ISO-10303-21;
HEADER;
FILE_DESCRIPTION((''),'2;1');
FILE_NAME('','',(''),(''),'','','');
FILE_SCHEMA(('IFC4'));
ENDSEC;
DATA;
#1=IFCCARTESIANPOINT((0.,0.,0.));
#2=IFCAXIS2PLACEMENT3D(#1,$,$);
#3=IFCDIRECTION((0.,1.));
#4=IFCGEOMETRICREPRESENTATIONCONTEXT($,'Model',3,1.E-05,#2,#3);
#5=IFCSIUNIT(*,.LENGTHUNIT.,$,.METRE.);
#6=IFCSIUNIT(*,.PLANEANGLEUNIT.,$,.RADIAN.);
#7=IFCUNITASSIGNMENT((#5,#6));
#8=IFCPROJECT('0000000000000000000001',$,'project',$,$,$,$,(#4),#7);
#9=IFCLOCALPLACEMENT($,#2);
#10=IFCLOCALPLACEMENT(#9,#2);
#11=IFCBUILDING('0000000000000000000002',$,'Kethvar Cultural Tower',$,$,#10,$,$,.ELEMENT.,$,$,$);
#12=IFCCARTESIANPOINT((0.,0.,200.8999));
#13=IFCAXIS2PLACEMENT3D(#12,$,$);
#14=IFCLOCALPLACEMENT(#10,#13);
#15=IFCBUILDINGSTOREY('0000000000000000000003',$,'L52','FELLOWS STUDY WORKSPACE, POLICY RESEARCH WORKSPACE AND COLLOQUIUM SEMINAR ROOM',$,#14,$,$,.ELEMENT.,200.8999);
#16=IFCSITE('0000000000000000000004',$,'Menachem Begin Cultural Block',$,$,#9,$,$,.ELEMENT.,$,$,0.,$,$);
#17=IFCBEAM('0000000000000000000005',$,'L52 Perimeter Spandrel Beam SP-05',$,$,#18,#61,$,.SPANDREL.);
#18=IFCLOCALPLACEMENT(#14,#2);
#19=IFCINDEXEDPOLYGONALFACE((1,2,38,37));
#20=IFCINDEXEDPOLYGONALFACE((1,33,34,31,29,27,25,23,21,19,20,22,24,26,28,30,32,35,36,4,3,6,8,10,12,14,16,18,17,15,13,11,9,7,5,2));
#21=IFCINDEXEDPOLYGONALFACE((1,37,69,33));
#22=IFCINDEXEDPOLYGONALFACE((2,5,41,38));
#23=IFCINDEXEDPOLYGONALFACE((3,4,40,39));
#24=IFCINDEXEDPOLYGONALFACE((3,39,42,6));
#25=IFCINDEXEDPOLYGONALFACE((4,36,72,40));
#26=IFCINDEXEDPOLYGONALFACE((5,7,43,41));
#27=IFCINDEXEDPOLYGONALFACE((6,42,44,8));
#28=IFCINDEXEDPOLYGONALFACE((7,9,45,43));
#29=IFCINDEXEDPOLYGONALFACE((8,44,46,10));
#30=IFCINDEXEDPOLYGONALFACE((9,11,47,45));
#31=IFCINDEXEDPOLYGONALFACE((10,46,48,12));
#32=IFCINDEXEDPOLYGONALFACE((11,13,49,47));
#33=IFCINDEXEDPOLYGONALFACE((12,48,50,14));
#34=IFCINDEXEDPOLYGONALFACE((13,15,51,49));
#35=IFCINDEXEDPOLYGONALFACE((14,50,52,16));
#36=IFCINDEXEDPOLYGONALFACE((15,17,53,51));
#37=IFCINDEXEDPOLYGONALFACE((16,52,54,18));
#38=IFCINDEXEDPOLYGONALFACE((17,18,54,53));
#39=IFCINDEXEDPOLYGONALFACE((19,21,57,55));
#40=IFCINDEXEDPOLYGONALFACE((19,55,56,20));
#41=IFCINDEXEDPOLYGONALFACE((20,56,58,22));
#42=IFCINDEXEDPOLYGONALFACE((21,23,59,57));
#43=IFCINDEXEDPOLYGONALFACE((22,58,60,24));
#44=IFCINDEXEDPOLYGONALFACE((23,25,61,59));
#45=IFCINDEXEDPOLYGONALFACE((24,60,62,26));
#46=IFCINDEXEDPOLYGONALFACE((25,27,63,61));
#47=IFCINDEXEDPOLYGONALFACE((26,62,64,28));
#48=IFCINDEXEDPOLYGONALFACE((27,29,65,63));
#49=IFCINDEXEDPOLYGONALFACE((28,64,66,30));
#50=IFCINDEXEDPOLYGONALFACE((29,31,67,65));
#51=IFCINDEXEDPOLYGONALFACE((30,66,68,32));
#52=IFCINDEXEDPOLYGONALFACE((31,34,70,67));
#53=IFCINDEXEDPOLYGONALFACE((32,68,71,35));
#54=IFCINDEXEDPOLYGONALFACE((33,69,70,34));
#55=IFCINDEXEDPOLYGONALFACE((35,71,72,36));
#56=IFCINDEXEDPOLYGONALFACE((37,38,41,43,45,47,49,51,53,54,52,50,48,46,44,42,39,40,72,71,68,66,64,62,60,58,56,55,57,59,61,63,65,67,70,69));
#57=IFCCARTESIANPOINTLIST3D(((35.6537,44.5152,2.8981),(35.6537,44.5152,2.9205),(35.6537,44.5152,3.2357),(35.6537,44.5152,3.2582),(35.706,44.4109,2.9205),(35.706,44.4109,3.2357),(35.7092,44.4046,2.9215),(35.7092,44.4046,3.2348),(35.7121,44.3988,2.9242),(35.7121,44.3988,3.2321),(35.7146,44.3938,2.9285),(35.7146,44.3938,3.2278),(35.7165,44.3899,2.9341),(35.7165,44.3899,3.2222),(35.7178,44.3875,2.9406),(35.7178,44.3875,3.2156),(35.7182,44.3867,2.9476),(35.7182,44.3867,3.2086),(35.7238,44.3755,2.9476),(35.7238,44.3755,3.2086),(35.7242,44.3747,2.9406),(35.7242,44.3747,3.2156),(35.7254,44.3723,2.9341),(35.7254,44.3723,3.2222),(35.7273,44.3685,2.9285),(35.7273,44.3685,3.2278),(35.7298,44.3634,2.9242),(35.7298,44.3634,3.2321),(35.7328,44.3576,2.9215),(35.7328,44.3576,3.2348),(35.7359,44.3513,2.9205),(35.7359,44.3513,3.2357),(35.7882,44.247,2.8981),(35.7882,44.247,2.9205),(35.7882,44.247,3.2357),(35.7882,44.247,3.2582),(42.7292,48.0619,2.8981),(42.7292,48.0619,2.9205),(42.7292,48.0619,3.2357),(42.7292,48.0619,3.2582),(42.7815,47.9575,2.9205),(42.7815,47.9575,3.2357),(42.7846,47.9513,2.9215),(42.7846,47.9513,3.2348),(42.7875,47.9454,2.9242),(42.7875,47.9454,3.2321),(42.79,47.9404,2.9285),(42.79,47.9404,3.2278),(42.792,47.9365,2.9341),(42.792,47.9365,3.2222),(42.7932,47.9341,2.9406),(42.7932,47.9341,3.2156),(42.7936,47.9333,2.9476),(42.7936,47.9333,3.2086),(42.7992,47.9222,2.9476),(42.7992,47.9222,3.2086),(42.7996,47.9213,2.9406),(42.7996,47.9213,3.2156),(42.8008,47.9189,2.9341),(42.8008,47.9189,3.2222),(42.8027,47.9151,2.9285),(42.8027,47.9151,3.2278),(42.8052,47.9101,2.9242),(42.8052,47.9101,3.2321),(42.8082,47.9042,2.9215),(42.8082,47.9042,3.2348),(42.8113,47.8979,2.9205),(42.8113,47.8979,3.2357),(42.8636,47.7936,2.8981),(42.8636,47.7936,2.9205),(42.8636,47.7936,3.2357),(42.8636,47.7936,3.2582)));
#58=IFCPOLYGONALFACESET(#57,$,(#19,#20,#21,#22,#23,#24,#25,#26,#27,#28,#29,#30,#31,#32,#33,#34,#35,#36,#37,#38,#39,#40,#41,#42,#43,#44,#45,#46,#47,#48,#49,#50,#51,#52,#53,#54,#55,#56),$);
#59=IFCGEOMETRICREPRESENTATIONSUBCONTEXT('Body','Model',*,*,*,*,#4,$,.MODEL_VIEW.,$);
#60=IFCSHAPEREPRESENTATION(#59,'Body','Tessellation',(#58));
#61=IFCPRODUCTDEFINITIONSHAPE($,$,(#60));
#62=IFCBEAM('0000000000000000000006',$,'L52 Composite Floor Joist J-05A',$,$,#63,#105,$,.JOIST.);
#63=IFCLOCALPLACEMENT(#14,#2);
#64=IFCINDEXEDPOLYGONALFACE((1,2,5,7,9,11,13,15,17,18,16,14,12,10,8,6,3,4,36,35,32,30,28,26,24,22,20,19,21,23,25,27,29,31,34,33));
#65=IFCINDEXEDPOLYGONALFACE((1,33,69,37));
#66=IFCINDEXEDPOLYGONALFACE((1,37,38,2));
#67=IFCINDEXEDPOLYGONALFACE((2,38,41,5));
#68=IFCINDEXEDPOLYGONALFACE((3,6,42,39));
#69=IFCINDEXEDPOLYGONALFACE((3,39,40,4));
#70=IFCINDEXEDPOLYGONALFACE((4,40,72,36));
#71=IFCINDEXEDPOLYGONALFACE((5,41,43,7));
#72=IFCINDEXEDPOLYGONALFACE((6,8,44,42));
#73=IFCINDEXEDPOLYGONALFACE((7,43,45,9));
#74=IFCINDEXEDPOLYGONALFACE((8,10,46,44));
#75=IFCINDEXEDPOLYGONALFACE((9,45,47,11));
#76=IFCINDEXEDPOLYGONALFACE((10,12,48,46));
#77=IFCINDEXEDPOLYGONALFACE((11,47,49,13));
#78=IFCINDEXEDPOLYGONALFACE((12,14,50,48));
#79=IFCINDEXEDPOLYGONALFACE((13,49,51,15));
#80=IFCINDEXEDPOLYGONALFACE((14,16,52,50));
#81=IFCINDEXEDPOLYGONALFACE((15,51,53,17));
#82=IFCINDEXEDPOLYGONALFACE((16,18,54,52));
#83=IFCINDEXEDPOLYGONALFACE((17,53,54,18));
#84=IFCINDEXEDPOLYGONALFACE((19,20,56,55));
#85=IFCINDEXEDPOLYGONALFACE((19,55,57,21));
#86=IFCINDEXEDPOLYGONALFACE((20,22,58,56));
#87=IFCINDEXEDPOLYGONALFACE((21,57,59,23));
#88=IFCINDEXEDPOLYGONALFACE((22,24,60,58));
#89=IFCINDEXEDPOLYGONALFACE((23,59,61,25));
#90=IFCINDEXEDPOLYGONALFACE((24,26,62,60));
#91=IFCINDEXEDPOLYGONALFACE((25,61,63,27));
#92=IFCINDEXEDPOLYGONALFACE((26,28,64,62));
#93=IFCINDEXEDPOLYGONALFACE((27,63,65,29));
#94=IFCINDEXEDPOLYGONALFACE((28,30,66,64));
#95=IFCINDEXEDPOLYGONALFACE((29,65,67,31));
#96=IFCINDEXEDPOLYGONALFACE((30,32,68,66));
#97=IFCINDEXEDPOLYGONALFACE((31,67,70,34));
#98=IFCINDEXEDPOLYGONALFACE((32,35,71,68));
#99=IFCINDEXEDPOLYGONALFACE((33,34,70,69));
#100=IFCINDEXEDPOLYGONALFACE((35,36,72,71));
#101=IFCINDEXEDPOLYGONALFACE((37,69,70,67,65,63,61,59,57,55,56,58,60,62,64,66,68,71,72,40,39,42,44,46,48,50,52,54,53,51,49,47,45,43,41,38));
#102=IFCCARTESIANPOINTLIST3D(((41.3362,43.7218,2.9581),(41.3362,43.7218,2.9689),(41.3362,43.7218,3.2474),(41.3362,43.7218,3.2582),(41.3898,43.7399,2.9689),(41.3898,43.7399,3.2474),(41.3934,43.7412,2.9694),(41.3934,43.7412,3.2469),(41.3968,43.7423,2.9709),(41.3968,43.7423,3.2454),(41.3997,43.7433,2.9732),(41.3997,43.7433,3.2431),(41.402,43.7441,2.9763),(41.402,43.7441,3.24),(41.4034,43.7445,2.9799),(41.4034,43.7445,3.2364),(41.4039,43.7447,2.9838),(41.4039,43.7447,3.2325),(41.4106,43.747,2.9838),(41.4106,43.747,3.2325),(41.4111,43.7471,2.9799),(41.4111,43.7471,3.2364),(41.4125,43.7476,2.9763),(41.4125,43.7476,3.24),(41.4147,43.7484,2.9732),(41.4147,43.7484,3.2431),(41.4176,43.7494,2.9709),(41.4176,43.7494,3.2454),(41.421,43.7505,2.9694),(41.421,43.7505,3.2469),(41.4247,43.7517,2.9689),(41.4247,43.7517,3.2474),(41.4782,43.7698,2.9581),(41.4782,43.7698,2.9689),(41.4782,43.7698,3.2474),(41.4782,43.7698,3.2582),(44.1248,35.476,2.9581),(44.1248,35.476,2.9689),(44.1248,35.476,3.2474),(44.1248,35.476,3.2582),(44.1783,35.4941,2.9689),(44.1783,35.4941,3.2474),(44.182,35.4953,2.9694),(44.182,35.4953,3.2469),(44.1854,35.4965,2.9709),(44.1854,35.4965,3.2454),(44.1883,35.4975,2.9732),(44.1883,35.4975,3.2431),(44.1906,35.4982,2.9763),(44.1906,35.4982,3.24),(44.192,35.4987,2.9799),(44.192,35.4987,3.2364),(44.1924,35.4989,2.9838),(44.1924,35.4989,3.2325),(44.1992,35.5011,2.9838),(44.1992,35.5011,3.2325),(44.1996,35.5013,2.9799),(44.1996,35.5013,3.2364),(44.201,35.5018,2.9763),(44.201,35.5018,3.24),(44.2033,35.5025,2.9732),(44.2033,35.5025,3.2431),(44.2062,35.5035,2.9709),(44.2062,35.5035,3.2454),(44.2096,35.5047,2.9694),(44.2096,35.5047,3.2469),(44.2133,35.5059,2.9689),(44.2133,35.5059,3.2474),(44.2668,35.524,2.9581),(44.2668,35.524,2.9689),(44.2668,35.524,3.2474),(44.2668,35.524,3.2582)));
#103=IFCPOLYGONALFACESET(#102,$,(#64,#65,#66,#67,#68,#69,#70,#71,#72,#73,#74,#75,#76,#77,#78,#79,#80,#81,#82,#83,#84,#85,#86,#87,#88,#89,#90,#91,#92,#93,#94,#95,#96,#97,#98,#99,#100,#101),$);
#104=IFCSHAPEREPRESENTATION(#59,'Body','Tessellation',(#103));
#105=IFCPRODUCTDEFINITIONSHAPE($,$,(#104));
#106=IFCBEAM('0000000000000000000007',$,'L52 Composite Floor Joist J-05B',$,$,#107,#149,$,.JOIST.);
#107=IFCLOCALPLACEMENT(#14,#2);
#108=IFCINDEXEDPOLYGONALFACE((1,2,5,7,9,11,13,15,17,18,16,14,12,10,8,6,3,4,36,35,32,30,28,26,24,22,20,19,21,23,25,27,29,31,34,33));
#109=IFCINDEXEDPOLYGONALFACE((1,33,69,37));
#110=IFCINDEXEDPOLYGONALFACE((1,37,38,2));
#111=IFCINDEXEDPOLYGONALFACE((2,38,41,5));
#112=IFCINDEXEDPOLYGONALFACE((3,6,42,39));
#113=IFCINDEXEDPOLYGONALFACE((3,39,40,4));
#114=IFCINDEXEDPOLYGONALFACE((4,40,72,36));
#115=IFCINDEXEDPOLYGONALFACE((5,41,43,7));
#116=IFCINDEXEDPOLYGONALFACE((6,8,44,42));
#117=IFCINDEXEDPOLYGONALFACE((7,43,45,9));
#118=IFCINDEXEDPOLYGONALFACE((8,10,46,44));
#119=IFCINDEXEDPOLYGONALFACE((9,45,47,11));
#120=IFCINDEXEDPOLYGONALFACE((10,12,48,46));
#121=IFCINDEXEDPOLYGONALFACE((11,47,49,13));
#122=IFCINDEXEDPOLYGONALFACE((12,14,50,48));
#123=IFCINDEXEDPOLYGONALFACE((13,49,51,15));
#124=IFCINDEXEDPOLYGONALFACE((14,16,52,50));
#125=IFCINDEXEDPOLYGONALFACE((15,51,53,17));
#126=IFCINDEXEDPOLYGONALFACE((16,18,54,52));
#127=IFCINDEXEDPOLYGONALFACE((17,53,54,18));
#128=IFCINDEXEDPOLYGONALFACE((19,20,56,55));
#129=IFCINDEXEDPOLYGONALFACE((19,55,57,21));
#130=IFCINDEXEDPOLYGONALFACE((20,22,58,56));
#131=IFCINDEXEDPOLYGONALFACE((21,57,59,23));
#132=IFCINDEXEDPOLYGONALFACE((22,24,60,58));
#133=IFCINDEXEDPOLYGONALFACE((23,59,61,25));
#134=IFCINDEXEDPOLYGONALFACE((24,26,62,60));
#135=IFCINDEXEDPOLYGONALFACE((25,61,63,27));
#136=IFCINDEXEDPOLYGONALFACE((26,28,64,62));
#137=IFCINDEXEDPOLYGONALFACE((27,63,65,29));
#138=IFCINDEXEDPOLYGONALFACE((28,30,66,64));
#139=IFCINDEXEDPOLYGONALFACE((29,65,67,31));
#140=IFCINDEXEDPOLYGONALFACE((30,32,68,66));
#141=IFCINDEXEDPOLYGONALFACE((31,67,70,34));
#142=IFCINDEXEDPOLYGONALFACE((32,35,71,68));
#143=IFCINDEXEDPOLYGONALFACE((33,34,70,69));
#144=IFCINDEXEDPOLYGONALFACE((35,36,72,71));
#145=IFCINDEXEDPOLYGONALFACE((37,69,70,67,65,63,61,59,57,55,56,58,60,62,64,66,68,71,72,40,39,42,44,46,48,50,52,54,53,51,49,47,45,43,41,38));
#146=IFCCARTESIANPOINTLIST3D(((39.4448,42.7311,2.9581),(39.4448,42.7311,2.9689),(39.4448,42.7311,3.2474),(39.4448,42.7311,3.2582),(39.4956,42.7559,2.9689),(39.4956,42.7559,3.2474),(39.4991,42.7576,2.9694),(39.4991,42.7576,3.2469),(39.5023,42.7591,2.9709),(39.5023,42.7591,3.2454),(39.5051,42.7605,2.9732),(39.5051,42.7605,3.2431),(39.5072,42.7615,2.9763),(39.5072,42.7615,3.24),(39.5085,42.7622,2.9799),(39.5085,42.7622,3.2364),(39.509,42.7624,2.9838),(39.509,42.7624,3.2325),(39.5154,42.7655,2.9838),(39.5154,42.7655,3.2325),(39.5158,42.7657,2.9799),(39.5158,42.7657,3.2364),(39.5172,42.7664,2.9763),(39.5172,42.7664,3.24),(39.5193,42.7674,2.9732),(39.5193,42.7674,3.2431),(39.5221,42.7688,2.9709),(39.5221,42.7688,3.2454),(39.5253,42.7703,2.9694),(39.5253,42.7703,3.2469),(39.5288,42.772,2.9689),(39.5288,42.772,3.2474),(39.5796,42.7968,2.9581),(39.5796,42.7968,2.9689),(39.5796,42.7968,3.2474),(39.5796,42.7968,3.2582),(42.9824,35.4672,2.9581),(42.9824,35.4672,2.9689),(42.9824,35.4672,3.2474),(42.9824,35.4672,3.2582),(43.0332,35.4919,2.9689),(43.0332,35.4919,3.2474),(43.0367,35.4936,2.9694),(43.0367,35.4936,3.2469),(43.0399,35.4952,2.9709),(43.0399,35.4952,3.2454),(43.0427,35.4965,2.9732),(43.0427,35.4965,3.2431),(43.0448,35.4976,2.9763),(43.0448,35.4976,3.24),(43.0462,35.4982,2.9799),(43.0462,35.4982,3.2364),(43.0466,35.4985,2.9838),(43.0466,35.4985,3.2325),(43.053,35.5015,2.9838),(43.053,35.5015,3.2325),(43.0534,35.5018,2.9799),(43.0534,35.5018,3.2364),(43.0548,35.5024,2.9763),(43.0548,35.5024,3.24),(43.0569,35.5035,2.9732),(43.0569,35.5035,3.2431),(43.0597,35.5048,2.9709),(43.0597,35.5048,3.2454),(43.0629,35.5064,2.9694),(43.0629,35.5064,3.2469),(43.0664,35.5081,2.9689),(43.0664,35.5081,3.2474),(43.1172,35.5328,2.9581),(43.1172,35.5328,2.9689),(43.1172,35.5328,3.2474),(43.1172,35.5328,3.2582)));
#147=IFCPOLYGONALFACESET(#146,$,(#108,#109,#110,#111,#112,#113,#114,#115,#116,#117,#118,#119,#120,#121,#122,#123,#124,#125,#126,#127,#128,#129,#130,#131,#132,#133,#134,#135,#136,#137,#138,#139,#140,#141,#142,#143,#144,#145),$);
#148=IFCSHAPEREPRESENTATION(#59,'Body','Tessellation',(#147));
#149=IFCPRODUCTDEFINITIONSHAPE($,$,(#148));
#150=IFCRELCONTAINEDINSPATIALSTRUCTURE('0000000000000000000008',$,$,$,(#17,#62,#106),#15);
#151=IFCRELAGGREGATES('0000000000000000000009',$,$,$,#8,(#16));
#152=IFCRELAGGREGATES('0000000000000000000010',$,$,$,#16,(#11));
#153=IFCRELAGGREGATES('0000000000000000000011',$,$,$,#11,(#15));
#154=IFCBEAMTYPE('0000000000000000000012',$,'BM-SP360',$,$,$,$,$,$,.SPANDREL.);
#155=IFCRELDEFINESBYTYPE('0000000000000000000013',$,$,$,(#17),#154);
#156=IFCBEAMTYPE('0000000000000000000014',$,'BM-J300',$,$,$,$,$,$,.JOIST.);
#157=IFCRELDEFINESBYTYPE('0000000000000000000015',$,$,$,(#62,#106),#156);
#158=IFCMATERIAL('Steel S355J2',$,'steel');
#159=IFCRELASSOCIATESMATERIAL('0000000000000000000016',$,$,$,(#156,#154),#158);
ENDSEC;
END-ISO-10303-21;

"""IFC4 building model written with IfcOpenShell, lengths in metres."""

from ifc_helpers import new_model, si_unit, direction, frame, origin, origin_2d, place, context, subcontext, project, spatial, i_section, extrude, source, transform, mapped, material, material_profile, profile_set, type_object, element, save


model = new_model("IFC4")

# Units and contexts
model_context = context("Model", 3, precision=1e-05, world=origin(), true_north=direction((0.0, 1.0)))
body_context = subcontext(model_context, "Body", "Model", "MODEL_VIEW")
ifc_project = project(units=[si_unit("LENGTHUNIT", "METRE"), si_unit("PLANEANGLEUNIT", "RADIAN")], contexts=[model_context])

# Site, building, storey
site_placement = place(None, origin())
site = spatial("IfcSite", under=ifc_project, at=site_placement, Name="Menachem Begin Cultural Block", CompositionType="ELEMENT", RefElevation=0.0)
building_placement = place(site_placement, origin())
building = spatial("IfcBuilding", under=site, at=building_placement, Name="Kethvar Cultural Tower", CompositionType="ELEMENT")
storey_placement = place(building_placement, frame((0.0, 0.0, 200.8999)))
storey = spatial("IfcBuildingStorey", under=building, at=storey_placement, Name="L52", Description="FELLOWS STUDY WORKSPACE, POLICY RESEARCH WORKSPACE AND COLLOQUIUM SEMINAR ROOM", CompositionType="ELEMENT", Elevation=200.8999)

# Beams
ifc_material_1 = material(Name="Steel S355J2", Category="steel")
ifc_material_profile_1 = material_profile(ifc_material_1, i_section(OverallWidth=0.1499, OverallDepth=0.3, WebThickness=0.0071, FlangeThickness=0.0107, FilletRadius=0.0149, at=origin_2d()), Name="Steel S355J2 — IPE300")
ifc_profile_set_1 = profile_set([ifc_material_profile_1], Name="Steel S355J2 — IPE300")
beam_type_1 = type_object("IfcBeamType", Name="BM-J300", PredefinedType="JOIST", material=ifc_profile_set_1)
ifc_material_profile_2 = material_profile(ifc_material_1, i_section(OverallWidth=0.3, OverallDepth=0.3601, WebThickness=0.0125, FlangeThickness=0.0225, FilletRadius=0.0271, at=origin_2d()), Name="Steel S355J2 — HEB360")
ifc_profile_set_2 = profile_set([ifc_material_profile_2], Name="Steel S355J2 — HEB360")
beam_type_2 = type_object("IfcBeamType", Name="BM-SP360", PredefinedType="SPANDREL", material=ifc_profile_set_2)
shared_shape_1 = source(origin(), body_context, "Body", "SweptSolid", [
    extrude(i_section(OverallWidth=0.3, OverallDepth=0.3601, WebThickness=0.0125, FlangeThickness=0.0225, FilletRadius=0.0271, at=origin_2d()), origin(), (0.0, 0.0, 1.0), 7.9146),
])
beam_1_placement = place(storey_placement, frame((42.7964, 47.9277, 3.0781), z_axis=(-0.893976, -0.448114, 0.0), x_axis=(0.448114, -0.893976, 0.0)))
element("IfcBeam", 1, at=beam_1_placement, inside=storey, type_object=beam_type_2, Name="L52 Perimeter Spandrel Beam SP-05", PredefinedType="SPANDREL", context=body_context, shape_type="MappedRepresentation", body=[
    mapped(shared_shape_1, transform((0.0, 0.0, 0.0), scale=1.0)),
])
shared_shape_2 = source(origin(), body_context, "Body", "SweptSolid", [
    extrude(i_section(OverallWidth=0.1499, OverallDepth=0.3, WebThickness=0.0071, FlangeThickness=0.0107, FilletRadius=0.0149, at=origin_2d()), origin(), (0.0, 0.0, 1.0), 8.7046),
])
beam_2_placement = place(storey_placement, frame((44.1958, 35.5, 3.1082), z_axis=(-0.320356, 0.947297, 0.0), x_axis=(-0.947297, -0.320356, 0.0)))
element("IfcBeam", 2, at=beam_2_placement, inside=storey, type_object=beam_type_1, Name="L52 Composite Floor Joist J-05A", PredefinedType="JOIST", context=body_context, shape_type="MappedRepresentation", body=[
    mapped(shared_shape_2, transform((0.0, 0.0, 0.0), scale=1.0)),
])
shared_shape_3 = source(origin(), body_context, "Body", "SweptSolid", [
    extrude(i_section(OverallWidth=0.1499, OverallDepth=0.3, WebThickness=0.0071, FlangeThickness=0.0107, FilletRadius=0.0149, at=origin_2d()), origin(), (0.0, 0.0, 1.0), 8.0796),
])
beam_3_placement = place(storey_placement, frame((43.0498, 35.5, 3.1082), z_axis=(-0.437846, 0.89905, 0.0), x_axis=(-0.89905, -0.437846, 0.0)))
element("IfcBeam", 3, at=beam_3_placement, inside=storey, type_object=beam_type_1, Name="L52 Composite Floor Joist J-05B", PredefinedType="JOIST", context=body_context, shape_type="MappedRepresentation", body=[
    mapped(shared_shape_3, transform((0.0, 0.0, 0.0), scale=1.0)),
])

save(model, "model.ifc")
